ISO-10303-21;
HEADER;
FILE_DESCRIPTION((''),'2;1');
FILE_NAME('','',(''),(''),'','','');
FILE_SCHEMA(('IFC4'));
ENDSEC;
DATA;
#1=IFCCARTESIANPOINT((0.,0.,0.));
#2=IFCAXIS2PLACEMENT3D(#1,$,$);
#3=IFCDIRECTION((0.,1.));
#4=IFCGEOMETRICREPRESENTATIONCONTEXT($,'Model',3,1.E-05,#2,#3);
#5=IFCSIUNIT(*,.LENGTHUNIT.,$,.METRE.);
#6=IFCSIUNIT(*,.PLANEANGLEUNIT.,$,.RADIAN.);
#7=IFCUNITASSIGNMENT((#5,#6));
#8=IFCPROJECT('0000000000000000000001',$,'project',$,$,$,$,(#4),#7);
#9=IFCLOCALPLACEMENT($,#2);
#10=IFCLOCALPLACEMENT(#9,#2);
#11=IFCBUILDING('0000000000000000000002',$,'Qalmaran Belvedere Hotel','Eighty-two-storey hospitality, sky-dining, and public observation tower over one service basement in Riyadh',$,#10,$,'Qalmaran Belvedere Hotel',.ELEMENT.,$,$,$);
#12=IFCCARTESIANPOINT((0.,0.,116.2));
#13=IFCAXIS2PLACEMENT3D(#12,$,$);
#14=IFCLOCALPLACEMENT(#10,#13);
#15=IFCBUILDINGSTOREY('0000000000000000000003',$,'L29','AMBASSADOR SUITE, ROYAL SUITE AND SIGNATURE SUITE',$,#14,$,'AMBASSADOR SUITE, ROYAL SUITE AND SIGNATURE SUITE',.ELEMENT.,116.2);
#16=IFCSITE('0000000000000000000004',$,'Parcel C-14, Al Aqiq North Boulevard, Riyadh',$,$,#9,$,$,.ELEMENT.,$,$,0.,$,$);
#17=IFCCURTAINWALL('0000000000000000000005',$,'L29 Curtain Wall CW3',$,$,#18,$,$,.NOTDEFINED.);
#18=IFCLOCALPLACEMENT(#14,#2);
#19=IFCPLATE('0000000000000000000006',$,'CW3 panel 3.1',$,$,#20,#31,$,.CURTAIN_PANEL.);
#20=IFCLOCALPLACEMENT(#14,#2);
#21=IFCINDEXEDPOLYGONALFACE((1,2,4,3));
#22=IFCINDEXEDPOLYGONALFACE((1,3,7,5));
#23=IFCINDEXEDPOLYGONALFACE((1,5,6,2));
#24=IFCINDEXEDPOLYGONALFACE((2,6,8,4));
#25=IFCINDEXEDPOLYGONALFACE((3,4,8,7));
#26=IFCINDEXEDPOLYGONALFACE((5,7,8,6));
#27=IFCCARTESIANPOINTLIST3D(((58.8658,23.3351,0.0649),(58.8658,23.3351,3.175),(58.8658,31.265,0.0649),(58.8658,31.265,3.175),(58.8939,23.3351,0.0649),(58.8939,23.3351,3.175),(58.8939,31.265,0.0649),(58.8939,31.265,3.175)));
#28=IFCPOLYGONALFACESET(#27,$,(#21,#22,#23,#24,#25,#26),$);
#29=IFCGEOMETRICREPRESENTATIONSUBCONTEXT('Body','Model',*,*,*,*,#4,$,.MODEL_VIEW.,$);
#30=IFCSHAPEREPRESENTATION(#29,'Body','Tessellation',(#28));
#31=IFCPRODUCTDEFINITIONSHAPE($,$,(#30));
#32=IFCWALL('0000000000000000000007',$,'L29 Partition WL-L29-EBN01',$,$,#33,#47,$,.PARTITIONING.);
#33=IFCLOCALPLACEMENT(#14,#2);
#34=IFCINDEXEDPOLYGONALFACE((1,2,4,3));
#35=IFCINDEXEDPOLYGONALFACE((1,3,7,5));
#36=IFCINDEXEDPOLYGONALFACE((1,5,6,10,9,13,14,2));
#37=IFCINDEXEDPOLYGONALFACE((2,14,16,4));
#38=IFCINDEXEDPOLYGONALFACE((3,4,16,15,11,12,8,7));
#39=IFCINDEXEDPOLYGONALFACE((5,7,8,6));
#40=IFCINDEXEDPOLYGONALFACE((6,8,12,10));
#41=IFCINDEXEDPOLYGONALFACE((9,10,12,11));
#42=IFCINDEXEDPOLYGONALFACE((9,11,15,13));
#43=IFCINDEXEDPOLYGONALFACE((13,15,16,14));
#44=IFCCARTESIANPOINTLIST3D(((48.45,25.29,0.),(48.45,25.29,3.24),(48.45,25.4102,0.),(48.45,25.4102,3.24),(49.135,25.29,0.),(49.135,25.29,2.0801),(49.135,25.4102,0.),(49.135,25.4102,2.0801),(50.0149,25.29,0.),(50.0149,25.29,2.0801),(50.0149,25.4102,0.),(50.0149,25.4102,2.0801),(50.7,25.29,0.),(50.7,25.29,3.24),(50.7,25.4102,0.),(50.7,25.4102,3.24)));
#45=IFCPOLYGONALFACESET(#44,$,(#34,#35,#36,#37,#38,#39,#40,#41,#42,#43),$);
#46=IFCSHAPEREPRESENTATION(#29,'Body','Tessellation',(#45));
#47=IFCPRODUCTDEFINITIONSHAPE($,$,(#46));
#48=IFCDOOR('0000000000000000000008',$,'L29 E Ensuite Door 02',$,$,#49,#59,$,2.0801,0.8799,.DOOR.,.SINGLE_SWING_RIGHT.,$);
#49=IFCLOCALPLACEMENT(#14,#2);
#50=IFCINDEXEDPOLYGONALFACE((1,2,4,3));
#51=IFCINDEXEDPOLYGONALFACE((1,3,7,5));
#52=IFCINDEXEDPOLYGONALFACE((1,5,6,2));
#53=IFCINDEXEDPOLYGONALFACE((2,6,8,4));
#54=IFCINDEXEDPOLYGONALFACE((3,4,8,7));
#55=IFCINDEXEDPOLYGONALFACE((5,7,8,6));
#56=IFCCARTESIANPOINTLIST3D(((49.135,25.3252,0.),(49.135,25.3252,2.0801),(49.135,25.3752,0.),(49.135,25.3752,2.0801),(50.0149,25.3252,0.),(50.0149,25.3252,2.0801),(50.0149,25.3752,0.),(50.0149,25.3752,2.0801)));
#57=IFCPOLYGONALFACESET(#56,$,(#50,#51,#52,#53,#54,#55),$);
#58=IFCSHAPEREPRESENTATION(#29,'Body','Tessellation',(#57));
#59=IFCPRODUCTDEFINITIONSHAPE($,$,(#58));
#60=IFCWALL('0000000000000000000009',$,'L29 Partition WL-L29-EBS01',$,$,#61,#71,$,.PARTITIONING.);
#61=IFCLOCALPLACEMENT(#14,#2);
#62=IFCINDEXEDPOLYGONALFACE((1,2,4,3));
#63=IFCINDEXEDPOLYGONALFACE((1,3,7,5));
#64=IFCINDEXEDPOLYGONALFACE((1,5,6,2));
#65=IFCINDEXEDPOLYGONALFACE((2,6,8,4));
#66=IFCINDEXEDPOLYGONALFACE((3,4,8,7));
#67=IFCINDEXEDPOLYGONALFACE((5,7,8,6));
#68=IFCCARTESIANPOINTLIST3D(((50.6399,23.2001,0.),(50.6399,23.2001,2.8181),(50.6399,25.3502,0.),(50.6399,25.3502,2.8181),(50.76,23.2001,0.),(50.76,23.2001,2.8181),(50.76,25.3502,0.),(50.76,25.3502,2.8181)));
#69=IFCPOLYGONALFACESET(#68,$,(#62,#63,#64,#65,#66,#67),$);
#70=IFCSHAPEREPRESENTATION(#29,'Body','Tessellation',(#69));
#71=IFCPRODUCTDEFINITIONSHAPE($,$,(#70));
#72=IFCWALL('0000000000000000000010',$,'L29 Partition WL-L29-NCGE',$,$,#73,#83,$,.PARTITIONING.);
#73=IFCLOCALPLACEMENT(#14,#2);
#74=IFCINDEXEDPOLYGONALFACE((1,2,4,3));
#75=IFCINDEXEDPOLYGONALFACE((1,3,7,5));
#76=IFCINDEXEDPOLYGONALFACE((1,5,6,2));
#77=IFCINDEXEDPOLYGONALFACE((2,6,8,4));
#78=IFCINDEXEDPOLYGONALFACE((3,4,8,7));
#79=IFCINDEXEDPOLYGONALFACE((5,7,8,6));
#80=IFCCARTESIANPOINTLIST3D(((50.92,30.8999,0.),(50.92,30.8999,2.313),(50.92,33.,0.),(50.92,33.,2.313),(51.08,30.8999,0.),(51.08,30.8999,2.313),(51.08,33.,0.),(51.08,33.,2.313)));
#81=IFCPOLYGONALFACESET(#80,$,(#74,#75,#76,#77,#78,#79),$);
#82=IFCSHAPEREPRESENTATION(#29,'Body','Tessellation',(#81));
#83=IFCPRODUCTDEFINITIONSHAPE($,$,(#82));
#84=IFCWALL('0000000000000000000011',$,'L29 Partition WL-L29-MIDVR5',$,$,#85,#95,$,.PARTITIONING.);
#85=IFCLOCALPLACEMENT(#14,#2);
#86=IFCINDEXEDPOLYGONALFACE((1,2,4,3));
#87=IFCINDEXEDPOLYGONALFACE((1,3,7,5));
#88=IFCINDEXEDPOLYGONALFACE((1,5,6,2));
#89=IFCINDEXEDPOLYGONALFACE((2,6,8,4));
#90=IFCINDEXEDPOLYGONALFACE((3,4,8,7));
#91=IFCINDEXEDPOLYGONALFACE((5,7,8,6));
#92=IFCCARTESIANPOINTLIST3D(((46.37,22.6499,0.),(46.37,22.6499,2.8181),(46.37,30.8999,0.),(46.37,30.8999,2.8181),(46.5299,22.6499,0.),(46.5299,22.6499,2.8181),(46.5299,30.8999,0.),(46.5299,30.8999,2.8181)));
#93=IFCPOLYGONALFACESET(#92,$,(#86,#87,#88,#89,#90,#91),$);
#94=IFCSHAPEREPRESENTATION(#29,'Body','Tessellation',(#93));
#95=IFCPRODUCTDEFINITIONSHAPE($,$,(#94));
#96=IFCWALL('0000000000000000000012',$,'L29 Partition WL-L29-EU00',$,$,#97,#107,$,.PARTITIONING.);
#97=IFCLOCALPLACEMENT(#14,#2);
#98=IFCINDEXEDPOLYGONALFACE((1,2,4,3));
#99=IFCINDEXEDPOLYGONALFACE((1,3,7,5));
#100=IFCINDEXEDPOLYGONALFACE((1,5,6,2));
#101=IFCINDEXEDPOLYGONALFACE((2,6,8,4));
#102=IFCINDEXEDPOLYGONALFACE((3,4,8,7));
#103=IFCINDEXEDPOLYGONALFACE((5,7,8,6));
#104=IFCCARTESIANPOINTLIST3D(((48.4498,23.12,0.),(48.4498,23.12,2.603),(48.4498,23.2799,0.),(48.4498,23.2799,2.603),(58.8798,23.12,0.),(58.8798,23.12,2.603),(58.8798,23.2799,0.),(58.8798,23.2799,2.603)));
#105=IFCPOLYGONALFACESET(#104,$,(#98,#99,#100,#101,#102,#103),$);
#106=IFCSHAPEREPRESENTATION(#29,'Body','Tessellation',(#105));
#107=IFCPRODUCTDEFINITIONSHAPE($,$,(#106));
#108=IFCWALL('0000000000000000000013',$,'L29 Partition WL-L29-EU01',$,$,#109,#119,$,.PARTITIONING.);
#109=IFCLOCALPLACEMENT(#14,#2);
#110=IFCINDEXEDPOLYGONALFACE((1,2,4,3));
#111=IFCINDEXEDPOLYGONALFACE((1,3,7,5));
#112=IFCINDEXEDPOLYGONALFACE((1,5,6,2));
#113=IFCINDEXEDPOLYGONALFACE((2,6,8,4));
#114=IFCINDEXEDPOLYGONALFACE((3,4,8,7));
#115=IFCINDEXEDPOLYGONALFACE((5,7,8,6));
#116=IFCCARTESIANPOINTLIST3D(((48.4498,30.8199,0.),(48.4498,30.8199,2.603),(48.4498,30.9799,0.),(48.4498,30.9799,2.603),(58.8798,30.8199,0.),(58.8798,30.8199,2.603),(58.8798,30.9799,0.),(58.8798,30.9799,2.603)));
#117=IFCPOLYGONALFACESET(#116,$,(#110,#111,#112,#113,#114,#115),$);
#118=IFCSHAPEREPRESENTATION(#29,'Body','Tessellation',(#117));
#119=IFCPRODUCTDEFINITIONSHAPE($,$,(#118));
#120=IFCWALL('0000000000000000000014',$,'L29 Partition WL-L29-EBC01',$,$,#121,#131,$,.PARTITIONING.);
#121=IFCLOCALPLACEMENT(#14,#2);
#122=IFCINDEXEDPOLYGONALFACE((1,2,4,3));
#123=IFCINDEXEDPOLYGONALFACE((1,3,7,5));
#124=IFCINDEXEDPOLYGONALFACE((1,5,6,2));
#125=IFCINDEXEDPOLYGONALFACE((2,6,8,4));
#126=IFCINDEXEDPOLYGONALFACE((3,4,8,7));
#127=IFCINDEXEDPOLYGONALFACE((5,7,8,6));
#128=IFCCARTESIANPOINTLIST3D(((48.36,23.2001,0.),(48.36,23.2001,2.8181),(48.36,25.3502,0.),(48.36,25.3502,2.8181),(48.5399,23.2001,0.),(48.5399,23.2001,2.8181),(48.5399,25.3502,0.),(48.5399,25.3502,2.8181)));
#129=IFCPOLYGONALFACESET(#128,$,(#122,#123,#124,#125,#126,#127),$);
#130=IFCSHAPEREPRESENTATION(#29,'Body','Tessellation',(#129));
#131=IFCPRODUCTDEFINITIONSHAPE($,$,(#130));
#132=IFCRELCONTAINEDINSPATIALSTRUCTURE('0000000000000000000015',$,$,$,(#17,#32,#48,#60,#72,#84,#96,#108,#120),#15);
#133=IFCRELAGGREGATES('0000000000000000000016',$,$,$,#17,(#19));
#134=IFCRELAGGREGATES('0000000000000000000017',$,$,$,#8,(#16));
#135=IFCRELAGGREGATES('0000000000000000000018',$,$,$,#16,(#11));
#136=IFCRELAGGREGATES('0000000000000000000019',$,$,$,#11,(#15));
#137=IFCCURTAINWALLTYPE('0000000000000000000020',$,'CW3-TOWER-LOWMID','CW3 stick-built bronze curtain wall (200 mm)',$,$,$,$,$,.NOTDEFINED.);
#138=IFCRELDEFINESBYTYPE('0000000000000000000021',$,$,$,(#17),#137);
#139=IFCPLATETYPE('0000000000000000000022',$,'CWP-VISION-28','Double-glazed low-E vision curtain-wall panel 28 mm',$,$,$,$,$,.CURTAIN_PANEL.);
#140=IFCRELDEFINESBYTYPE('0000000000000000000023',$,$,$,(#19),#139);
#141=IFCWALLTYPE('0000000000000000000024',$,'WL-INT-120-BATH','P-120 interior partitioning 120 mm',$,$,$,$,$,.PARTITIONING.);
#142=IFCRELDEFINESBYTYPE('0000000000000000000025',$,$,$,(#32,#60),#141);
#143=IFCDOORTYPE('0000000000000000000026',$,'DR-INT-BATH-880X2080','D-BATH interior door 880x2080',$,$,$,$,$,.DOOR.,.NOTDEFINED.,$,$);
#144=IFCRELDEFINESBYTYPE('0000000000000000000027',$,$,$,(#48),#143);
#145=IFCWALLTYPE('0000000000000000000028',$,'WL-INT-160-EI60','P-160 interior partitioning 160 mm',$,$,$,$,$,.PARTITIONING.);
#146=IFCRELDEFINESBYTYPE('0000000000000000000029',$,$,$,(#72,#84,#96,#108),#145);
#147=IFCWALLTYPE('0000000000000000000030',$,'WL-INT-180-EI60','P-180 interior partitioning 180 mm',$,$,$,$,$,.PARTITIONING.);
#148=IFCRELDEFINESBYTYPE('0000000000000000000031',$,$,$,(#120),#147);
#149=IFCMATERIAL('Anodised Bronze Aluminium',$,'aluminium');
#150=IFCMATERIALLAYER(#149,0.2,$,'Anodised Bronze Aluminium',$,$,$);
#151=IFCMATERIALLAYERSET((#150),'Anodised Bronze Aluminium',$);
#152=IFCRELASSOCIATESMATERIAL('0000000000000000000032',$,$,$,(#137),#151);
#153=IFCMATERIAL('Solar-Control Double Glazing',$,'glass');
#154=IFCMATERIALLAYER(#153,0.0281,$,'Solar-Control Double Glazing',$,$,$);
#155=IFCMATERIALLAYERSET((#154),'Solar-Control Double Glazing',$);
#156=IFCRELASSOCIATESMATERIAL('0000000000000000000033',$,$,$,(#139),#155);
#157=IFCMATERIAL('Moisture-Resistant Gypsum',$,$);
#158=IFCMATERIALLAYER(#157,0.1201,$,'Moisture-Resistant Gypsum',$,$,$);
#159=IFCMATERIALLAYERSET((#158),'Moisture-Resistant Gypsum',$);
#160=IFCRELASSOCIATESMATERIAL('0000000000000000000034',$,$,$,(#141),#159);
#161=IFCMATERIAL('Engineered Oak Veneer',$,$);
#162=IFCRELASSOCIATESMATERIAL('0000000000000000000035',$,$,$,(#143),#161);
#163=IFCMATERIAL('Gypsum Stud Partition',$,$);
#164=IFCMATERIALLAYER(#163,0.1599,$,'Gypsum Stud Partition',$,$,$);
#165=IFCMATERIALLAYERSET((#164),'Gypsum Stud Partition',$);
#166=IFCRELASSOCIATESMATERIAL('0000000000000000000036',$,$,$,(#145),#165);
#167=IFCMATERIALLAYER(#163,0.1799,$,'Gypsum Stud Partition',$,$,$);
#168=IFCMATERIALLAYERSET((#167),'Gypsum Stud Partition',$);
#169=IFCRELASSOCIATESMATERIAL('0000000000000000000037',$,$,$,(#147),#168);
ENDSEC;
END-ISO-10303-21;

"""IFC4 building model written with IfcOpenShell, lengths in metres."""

from ifc_helpers import new_model, si_unit, direction, frame, frame_2d, origin, origin_2d, place, context, subcontext, project, spatial, rectangle, extrude, material, layer, layer_set, type_object, element, fill, aggregate, save


model = new_model("IFC4")

# Units and contexts
model_context = context("Model", 3, precision=1e-05, world=origin(), true_north=direction((0.0, 1.0)))
body_context = subcontext(model_context, "Body", "Model", "MODEL_VIEW")
ifc_project = project(units=[si_unit("LENGTHUNIT", "METRE"), si_unit("PLANEANGLEUNIT", "RADIAN")], contexts=[model_context])

# Site, building, storey
site_placement = place(None, origin())
site = spatial("IfcSite", under=ifc_project, at=site_placement, Name="Parcel C-14, Al Aqiq North Boulevard, Riyadh", CompositionType="ELEMENT", RefElevation=0.0)
building_placement = place(site_placement, origin())
building = spatial("IfcBuilding", under=site, at=building_placement, Name="Qalmaran Belvedere Hotel", Description="Eighty-two-storey hospitality, sky-dining, and public observation tower over one service basement in Riyadh", LongName="Qalmaran Belvedere Hotel", CompositionType="ELEMENT")
storey_placement = place(building_placement, frame((0.0, 0.0, 116.2)))
storey = spatial("IfcBuildingStorey", under=building, at=storey_placement, Name="L29", Description="AMBASSADOR SUITE, ROYAL SUITE AND SIGNATURE SUITE", LongName="AMBASSADOR SUITE, ROYAL SUITE AND SIGNATURE SUITE", CompositionType="ELEMENT", Elevation=116.2)

# Curtain wall, plate
ifc_material_1 = material(Name="Anodised Bronze Aluminium", Category="aluminium")
ifc_layer_1 = layer(ifc_material_1, 0.2, Name="Anodised Bronze Aluminium")
ifc_layer_set_1 = layer_set([ifc_layer_1], Name="Anodised Bronze Aluminium")
curtain_wall_type = type_object("IfcCurtainWallType", Name="CW3-TOWER-LOWMID", Description="CW3 stick-built bronze curtain wall (200 mm)", PredefinedType="NOTDEFINED", material=ifc_layer_set_1)
curtain_wall_placement = place(storey_placement, origin())
curtain_wall = element("IfcCurtainWall", 1, at=curtain_wall_placement, inside=storey, type_object=curtain_wall_type, Name="L29 Curtain Wall CW3", PredefinedType="NOTDEFINED")
ifc_material_2 = material(Name="Solar-Control Double Glazing", Category="glass")
ifc_layer_2 = layer(ifc_material_2, 0.0281, Name="Solar-Control Double Glazing")
ifc_layer_set_2 = layer_set([ifc_layer_2], Name="Solar-Control Double Glazing")
plate_type = type_object("IfcPlateType", Name="CWP-VISION-28", Description="Double-glazed low-E vision curtain-wall panel 28 mm", PredefinedType="CURTAIN_PANEL", material=ifc_layer_set_2)
plate_placement = place(storey_placement, frame((58.8799, 27.3, 0.0649), z_axis=(0.0, 0.0, 1.0), x_axis=(0.0, 1.0, 0.0)))
plate = element("IfcPlate", 2, at=plate_placement, type_object=plate_type, Name="CW3 panel 3.1", PredefinedType="CURTAIN_PANEL", context=body_context, shape_type="SweptSolid", body=[
    extrude(rectangle(XDim=7.9299, YDim=0.0281, at=origin_2d()), origin(), (0.0, 0.0, 1.0), 3.1101),
])
aggregate(curtain_wall, [plate])

# Wall, opening, door
ifc_material_3 = material(Name="Moisture-Resistant Gypsum")
ifc_layer_3 = layer(ifc_material_3, 0.1201, Name="Moisture-Resistant Gypsum")
ifc_layer_set_3 = layer_set([ifc_layer_3], Name="Moisture-Resistant Gypsum")
wall_type_1 = type_object("IfcWallType", Name="WL-INT-120-BATH", Description="P-120 interior partitioning 120 mm", PredefinedType="PARTITIONING", material=ifc_layer_set_3)
wall_1_placement = place(storey_placement, frame((48.45, 25.3501, 0.0), z_axis=(0.0, 0.0, 1.0), x_axis=(1.0, 0.0, 0.0)))
wall_1 = element("IfcWall", 3, at=wall_1_placement, inside=storey, type_object=wall_type_1, Name="L29 Partition WL-L29-EBN01", PredefinedType="PARTITIONING", context=body_context, shape_type="SweptSolid", body=[
    extrude(rectangle(XDim=2.25, YDim=0.1201, at=frame_2d((1.125, 0.0))), origin(), (0.0, 0.0, 1.0), 3.24),
])
opening_1_placement = place(wall_1_placement, frame((1.5649, 0.0, 0.0), z_axis=(0.0, 0.0, 1.0), x_axis=(-1.0, 0.0, 0.0)))
opening_1 = element("IfcOpeningElement", 4, at=opening_1_placement, cuts=wall_1, PredefinedType="OPENING", context=body_context, shape_type="SweptSolid", body=[
    extrude(rectangle(XDim=0.8799, YDim=2.0801, at=frame_2d((0.4399, 1.04))), frame((0.0, 0.0701, 0.0), z_axis=(0.0, -1.0, 0.0), x_axis=(1.0, 0.0, 0.0)), (0.0, 0.0, 1.0), 0.1401),
])
ifc_material_4 = material(Name="Engineered Oak Veneer")
door_type_1 = type_object("IfcDoorType", Name="DR-INT-BATH-880X2080", Description="D-BATH interior door 880x2080", OperationType="NOTDEFINED", PredefinedType="DOOR", material=ifc_material_4)
door_1_placement = place(opening_1_placement, origin())
door_1 = element("IfcDoor", 5, at=door_1_placement, inside=storey, type_object=door_type_1, Name="L29 E Ensuite Door 02", OperationType="SINGLE_SWING_RIGHT", OverallHeight=2.0801, OverallWidth=0.8799, PredefinedType="DOOR", context=body_context, shape_type="SweptSolid", body=[
    extrude(rectangle(XDim=0.8799, YDim=2.0801, at=frame_2d((0.4399, 1.04))), frame((0.0, 0.0249, 0.0), z_axis=(0.0, -1.0, 0.0), x_axis=(1.0, 0.0, 0.0)), (0.0, 0.0, 1.0), 0.05),
])
fill(opening_1, door_1)

# Wall
wall_2_placement = place(storey_placement, frame((50.7, 23.2, 0.0), z_axis=(0.0, 0.0, 1.0), x_axis=(0.0, 1.0, 0.0)))
element("IfcWall", 6, at=wall_2_placement, inside=storey, type_object=wall_type_1, Name="L29 Partition WL-L29-EBS01", PredefinedType="PARTITIONING", context=body_context, shape_type="SweptSolid", body=[
    extrude(rectangle(XDim=2.1501, YDim=0.1201, at=frame_2d((1.0752, 0.0))), origin(), (0.0, 0.0, 1.0), 2.8181),
])

# Shared definitions
ifc_material_5 = material(Name="Gypsum Stud Partition")

# Walls
ifc_layer_4 = layer(ifc_material_5, 0.1599, Name="Gypsum Stud Partition")
ifc_layer_set_4 = layer_set([ifc_layer_4], Name="Gypsum Stud Partition")
wall_type_2 = type_object("IfcWallType", Name="WL-INT-160-EI60", Description="P-160 interior partitioning 160 mm", PredefinedType="PARTITIONING", material=ifc_layer_set_4)
wall_3_placement = place(storey_placement, frame((51.0, 30.8999, 0.0), z_axis=(0.0, 0.0, 1.0), x_axis=(0.0, 1.0, 0.0)))
element("IfcWall", 7, at=wall_3_placement, inside=storey, type_object=wall_type_2, Name="L29 Partition WL-L29-NCGE", PredefinedType="PARTITIONING", context=body_context, shape_type="SweptSolid", body=[
    extrude(rectangle(XDim=2.1001, YDim=0.1599, at=frame_2d((1.05, 0.0))), origin(), (0.0, 0.0, 1.0), 2.313),
])
wall_4_placement = place(storey_placement, frame((46.45, 22.6499, 0.0), z_axis=(0.0, 0.0, 1.0), x_axis=(0.0, 1.0, 0.0)))
element("IfcWall", 8, at=wall_4_placement, inside=storey, type_object=wall_type_2, Name="L29 Partition WL-L29-MIDVR5", PredefinedType="PARTITIONING", context=body_context, shape_type="SweptSolid", body=[
    extrude(rectangle(XDim=8.25, YDim=0.1599, at=frame_2d((4.125, 0.0))), origin(), (0.0, 0.0, 1.0), 2.8181),
])
for number, where, z_axis, x_axis, name in (
    (9, (48.45, 23.2, 0.0), (0.0, 0.0, 1.0), (1.0, 0.0, 0.0), "L29 Partition WL-L29-EU00"),
    (10, (48.45, 30.8999, 0.0), (0.0, 0.0, 1.0), (1.0, 0.0, 0.0), "L29 Partition WL-L29-EU01"),
):
    element("IfcWall", number, at=place(storey_placement, frame(where, z_axis=z_axis, x_axis=x_axis)), inside=storey, type_object=wall_type_2, Name=name, PredefinedType="PARTITIONING", context=body_context, shape_type="SweptSolid", body=[
        extrude(rectangle(XDim=10.4299, YDim=0.1599, at=frame_2d((5.2148, 0.0))), origin(), (0.0, 0.0, 1.0), 2.603),
    ])
ifc_layer_5 = layer(ifc_material_5, 0.1799, Name="Gypsum Stud Partition")
ifc_layer_set_5 = layer_set([ifc_layer_5], Name="Gypsum Stud Partition")
wall_type_3 = type_object("IfcWallType", Name="WL-INT-180-EI60", Description="P-180 interior partitioning 180 mm", PredefinedType="PARTITIONING", material=ifc_layer_set_5)
wall_5_placement = place(storey_placement, frame((48.45, 23.2, 0.0), z_axis=(0.0, 0.0, 1.0), x_axis=(0.0, 1.0, 0.0)))
element("IfcWall", 11, at=wall_5_placement, inside=storey, type_object=wall_type_3, Name="L29 Partition WL-L29-EBC01", PredefinedType="PARTITIONING", context=body_context, shape_type="SweptSolid", body=[
    extrude(rectangle(XDim=2.1501, YDim=0.1799, at=frame_2d((1.0752, 0.0))), origin(), (0.0, 0.0, 1.0), 2.8181),
])

save(model, "model.ifc")
